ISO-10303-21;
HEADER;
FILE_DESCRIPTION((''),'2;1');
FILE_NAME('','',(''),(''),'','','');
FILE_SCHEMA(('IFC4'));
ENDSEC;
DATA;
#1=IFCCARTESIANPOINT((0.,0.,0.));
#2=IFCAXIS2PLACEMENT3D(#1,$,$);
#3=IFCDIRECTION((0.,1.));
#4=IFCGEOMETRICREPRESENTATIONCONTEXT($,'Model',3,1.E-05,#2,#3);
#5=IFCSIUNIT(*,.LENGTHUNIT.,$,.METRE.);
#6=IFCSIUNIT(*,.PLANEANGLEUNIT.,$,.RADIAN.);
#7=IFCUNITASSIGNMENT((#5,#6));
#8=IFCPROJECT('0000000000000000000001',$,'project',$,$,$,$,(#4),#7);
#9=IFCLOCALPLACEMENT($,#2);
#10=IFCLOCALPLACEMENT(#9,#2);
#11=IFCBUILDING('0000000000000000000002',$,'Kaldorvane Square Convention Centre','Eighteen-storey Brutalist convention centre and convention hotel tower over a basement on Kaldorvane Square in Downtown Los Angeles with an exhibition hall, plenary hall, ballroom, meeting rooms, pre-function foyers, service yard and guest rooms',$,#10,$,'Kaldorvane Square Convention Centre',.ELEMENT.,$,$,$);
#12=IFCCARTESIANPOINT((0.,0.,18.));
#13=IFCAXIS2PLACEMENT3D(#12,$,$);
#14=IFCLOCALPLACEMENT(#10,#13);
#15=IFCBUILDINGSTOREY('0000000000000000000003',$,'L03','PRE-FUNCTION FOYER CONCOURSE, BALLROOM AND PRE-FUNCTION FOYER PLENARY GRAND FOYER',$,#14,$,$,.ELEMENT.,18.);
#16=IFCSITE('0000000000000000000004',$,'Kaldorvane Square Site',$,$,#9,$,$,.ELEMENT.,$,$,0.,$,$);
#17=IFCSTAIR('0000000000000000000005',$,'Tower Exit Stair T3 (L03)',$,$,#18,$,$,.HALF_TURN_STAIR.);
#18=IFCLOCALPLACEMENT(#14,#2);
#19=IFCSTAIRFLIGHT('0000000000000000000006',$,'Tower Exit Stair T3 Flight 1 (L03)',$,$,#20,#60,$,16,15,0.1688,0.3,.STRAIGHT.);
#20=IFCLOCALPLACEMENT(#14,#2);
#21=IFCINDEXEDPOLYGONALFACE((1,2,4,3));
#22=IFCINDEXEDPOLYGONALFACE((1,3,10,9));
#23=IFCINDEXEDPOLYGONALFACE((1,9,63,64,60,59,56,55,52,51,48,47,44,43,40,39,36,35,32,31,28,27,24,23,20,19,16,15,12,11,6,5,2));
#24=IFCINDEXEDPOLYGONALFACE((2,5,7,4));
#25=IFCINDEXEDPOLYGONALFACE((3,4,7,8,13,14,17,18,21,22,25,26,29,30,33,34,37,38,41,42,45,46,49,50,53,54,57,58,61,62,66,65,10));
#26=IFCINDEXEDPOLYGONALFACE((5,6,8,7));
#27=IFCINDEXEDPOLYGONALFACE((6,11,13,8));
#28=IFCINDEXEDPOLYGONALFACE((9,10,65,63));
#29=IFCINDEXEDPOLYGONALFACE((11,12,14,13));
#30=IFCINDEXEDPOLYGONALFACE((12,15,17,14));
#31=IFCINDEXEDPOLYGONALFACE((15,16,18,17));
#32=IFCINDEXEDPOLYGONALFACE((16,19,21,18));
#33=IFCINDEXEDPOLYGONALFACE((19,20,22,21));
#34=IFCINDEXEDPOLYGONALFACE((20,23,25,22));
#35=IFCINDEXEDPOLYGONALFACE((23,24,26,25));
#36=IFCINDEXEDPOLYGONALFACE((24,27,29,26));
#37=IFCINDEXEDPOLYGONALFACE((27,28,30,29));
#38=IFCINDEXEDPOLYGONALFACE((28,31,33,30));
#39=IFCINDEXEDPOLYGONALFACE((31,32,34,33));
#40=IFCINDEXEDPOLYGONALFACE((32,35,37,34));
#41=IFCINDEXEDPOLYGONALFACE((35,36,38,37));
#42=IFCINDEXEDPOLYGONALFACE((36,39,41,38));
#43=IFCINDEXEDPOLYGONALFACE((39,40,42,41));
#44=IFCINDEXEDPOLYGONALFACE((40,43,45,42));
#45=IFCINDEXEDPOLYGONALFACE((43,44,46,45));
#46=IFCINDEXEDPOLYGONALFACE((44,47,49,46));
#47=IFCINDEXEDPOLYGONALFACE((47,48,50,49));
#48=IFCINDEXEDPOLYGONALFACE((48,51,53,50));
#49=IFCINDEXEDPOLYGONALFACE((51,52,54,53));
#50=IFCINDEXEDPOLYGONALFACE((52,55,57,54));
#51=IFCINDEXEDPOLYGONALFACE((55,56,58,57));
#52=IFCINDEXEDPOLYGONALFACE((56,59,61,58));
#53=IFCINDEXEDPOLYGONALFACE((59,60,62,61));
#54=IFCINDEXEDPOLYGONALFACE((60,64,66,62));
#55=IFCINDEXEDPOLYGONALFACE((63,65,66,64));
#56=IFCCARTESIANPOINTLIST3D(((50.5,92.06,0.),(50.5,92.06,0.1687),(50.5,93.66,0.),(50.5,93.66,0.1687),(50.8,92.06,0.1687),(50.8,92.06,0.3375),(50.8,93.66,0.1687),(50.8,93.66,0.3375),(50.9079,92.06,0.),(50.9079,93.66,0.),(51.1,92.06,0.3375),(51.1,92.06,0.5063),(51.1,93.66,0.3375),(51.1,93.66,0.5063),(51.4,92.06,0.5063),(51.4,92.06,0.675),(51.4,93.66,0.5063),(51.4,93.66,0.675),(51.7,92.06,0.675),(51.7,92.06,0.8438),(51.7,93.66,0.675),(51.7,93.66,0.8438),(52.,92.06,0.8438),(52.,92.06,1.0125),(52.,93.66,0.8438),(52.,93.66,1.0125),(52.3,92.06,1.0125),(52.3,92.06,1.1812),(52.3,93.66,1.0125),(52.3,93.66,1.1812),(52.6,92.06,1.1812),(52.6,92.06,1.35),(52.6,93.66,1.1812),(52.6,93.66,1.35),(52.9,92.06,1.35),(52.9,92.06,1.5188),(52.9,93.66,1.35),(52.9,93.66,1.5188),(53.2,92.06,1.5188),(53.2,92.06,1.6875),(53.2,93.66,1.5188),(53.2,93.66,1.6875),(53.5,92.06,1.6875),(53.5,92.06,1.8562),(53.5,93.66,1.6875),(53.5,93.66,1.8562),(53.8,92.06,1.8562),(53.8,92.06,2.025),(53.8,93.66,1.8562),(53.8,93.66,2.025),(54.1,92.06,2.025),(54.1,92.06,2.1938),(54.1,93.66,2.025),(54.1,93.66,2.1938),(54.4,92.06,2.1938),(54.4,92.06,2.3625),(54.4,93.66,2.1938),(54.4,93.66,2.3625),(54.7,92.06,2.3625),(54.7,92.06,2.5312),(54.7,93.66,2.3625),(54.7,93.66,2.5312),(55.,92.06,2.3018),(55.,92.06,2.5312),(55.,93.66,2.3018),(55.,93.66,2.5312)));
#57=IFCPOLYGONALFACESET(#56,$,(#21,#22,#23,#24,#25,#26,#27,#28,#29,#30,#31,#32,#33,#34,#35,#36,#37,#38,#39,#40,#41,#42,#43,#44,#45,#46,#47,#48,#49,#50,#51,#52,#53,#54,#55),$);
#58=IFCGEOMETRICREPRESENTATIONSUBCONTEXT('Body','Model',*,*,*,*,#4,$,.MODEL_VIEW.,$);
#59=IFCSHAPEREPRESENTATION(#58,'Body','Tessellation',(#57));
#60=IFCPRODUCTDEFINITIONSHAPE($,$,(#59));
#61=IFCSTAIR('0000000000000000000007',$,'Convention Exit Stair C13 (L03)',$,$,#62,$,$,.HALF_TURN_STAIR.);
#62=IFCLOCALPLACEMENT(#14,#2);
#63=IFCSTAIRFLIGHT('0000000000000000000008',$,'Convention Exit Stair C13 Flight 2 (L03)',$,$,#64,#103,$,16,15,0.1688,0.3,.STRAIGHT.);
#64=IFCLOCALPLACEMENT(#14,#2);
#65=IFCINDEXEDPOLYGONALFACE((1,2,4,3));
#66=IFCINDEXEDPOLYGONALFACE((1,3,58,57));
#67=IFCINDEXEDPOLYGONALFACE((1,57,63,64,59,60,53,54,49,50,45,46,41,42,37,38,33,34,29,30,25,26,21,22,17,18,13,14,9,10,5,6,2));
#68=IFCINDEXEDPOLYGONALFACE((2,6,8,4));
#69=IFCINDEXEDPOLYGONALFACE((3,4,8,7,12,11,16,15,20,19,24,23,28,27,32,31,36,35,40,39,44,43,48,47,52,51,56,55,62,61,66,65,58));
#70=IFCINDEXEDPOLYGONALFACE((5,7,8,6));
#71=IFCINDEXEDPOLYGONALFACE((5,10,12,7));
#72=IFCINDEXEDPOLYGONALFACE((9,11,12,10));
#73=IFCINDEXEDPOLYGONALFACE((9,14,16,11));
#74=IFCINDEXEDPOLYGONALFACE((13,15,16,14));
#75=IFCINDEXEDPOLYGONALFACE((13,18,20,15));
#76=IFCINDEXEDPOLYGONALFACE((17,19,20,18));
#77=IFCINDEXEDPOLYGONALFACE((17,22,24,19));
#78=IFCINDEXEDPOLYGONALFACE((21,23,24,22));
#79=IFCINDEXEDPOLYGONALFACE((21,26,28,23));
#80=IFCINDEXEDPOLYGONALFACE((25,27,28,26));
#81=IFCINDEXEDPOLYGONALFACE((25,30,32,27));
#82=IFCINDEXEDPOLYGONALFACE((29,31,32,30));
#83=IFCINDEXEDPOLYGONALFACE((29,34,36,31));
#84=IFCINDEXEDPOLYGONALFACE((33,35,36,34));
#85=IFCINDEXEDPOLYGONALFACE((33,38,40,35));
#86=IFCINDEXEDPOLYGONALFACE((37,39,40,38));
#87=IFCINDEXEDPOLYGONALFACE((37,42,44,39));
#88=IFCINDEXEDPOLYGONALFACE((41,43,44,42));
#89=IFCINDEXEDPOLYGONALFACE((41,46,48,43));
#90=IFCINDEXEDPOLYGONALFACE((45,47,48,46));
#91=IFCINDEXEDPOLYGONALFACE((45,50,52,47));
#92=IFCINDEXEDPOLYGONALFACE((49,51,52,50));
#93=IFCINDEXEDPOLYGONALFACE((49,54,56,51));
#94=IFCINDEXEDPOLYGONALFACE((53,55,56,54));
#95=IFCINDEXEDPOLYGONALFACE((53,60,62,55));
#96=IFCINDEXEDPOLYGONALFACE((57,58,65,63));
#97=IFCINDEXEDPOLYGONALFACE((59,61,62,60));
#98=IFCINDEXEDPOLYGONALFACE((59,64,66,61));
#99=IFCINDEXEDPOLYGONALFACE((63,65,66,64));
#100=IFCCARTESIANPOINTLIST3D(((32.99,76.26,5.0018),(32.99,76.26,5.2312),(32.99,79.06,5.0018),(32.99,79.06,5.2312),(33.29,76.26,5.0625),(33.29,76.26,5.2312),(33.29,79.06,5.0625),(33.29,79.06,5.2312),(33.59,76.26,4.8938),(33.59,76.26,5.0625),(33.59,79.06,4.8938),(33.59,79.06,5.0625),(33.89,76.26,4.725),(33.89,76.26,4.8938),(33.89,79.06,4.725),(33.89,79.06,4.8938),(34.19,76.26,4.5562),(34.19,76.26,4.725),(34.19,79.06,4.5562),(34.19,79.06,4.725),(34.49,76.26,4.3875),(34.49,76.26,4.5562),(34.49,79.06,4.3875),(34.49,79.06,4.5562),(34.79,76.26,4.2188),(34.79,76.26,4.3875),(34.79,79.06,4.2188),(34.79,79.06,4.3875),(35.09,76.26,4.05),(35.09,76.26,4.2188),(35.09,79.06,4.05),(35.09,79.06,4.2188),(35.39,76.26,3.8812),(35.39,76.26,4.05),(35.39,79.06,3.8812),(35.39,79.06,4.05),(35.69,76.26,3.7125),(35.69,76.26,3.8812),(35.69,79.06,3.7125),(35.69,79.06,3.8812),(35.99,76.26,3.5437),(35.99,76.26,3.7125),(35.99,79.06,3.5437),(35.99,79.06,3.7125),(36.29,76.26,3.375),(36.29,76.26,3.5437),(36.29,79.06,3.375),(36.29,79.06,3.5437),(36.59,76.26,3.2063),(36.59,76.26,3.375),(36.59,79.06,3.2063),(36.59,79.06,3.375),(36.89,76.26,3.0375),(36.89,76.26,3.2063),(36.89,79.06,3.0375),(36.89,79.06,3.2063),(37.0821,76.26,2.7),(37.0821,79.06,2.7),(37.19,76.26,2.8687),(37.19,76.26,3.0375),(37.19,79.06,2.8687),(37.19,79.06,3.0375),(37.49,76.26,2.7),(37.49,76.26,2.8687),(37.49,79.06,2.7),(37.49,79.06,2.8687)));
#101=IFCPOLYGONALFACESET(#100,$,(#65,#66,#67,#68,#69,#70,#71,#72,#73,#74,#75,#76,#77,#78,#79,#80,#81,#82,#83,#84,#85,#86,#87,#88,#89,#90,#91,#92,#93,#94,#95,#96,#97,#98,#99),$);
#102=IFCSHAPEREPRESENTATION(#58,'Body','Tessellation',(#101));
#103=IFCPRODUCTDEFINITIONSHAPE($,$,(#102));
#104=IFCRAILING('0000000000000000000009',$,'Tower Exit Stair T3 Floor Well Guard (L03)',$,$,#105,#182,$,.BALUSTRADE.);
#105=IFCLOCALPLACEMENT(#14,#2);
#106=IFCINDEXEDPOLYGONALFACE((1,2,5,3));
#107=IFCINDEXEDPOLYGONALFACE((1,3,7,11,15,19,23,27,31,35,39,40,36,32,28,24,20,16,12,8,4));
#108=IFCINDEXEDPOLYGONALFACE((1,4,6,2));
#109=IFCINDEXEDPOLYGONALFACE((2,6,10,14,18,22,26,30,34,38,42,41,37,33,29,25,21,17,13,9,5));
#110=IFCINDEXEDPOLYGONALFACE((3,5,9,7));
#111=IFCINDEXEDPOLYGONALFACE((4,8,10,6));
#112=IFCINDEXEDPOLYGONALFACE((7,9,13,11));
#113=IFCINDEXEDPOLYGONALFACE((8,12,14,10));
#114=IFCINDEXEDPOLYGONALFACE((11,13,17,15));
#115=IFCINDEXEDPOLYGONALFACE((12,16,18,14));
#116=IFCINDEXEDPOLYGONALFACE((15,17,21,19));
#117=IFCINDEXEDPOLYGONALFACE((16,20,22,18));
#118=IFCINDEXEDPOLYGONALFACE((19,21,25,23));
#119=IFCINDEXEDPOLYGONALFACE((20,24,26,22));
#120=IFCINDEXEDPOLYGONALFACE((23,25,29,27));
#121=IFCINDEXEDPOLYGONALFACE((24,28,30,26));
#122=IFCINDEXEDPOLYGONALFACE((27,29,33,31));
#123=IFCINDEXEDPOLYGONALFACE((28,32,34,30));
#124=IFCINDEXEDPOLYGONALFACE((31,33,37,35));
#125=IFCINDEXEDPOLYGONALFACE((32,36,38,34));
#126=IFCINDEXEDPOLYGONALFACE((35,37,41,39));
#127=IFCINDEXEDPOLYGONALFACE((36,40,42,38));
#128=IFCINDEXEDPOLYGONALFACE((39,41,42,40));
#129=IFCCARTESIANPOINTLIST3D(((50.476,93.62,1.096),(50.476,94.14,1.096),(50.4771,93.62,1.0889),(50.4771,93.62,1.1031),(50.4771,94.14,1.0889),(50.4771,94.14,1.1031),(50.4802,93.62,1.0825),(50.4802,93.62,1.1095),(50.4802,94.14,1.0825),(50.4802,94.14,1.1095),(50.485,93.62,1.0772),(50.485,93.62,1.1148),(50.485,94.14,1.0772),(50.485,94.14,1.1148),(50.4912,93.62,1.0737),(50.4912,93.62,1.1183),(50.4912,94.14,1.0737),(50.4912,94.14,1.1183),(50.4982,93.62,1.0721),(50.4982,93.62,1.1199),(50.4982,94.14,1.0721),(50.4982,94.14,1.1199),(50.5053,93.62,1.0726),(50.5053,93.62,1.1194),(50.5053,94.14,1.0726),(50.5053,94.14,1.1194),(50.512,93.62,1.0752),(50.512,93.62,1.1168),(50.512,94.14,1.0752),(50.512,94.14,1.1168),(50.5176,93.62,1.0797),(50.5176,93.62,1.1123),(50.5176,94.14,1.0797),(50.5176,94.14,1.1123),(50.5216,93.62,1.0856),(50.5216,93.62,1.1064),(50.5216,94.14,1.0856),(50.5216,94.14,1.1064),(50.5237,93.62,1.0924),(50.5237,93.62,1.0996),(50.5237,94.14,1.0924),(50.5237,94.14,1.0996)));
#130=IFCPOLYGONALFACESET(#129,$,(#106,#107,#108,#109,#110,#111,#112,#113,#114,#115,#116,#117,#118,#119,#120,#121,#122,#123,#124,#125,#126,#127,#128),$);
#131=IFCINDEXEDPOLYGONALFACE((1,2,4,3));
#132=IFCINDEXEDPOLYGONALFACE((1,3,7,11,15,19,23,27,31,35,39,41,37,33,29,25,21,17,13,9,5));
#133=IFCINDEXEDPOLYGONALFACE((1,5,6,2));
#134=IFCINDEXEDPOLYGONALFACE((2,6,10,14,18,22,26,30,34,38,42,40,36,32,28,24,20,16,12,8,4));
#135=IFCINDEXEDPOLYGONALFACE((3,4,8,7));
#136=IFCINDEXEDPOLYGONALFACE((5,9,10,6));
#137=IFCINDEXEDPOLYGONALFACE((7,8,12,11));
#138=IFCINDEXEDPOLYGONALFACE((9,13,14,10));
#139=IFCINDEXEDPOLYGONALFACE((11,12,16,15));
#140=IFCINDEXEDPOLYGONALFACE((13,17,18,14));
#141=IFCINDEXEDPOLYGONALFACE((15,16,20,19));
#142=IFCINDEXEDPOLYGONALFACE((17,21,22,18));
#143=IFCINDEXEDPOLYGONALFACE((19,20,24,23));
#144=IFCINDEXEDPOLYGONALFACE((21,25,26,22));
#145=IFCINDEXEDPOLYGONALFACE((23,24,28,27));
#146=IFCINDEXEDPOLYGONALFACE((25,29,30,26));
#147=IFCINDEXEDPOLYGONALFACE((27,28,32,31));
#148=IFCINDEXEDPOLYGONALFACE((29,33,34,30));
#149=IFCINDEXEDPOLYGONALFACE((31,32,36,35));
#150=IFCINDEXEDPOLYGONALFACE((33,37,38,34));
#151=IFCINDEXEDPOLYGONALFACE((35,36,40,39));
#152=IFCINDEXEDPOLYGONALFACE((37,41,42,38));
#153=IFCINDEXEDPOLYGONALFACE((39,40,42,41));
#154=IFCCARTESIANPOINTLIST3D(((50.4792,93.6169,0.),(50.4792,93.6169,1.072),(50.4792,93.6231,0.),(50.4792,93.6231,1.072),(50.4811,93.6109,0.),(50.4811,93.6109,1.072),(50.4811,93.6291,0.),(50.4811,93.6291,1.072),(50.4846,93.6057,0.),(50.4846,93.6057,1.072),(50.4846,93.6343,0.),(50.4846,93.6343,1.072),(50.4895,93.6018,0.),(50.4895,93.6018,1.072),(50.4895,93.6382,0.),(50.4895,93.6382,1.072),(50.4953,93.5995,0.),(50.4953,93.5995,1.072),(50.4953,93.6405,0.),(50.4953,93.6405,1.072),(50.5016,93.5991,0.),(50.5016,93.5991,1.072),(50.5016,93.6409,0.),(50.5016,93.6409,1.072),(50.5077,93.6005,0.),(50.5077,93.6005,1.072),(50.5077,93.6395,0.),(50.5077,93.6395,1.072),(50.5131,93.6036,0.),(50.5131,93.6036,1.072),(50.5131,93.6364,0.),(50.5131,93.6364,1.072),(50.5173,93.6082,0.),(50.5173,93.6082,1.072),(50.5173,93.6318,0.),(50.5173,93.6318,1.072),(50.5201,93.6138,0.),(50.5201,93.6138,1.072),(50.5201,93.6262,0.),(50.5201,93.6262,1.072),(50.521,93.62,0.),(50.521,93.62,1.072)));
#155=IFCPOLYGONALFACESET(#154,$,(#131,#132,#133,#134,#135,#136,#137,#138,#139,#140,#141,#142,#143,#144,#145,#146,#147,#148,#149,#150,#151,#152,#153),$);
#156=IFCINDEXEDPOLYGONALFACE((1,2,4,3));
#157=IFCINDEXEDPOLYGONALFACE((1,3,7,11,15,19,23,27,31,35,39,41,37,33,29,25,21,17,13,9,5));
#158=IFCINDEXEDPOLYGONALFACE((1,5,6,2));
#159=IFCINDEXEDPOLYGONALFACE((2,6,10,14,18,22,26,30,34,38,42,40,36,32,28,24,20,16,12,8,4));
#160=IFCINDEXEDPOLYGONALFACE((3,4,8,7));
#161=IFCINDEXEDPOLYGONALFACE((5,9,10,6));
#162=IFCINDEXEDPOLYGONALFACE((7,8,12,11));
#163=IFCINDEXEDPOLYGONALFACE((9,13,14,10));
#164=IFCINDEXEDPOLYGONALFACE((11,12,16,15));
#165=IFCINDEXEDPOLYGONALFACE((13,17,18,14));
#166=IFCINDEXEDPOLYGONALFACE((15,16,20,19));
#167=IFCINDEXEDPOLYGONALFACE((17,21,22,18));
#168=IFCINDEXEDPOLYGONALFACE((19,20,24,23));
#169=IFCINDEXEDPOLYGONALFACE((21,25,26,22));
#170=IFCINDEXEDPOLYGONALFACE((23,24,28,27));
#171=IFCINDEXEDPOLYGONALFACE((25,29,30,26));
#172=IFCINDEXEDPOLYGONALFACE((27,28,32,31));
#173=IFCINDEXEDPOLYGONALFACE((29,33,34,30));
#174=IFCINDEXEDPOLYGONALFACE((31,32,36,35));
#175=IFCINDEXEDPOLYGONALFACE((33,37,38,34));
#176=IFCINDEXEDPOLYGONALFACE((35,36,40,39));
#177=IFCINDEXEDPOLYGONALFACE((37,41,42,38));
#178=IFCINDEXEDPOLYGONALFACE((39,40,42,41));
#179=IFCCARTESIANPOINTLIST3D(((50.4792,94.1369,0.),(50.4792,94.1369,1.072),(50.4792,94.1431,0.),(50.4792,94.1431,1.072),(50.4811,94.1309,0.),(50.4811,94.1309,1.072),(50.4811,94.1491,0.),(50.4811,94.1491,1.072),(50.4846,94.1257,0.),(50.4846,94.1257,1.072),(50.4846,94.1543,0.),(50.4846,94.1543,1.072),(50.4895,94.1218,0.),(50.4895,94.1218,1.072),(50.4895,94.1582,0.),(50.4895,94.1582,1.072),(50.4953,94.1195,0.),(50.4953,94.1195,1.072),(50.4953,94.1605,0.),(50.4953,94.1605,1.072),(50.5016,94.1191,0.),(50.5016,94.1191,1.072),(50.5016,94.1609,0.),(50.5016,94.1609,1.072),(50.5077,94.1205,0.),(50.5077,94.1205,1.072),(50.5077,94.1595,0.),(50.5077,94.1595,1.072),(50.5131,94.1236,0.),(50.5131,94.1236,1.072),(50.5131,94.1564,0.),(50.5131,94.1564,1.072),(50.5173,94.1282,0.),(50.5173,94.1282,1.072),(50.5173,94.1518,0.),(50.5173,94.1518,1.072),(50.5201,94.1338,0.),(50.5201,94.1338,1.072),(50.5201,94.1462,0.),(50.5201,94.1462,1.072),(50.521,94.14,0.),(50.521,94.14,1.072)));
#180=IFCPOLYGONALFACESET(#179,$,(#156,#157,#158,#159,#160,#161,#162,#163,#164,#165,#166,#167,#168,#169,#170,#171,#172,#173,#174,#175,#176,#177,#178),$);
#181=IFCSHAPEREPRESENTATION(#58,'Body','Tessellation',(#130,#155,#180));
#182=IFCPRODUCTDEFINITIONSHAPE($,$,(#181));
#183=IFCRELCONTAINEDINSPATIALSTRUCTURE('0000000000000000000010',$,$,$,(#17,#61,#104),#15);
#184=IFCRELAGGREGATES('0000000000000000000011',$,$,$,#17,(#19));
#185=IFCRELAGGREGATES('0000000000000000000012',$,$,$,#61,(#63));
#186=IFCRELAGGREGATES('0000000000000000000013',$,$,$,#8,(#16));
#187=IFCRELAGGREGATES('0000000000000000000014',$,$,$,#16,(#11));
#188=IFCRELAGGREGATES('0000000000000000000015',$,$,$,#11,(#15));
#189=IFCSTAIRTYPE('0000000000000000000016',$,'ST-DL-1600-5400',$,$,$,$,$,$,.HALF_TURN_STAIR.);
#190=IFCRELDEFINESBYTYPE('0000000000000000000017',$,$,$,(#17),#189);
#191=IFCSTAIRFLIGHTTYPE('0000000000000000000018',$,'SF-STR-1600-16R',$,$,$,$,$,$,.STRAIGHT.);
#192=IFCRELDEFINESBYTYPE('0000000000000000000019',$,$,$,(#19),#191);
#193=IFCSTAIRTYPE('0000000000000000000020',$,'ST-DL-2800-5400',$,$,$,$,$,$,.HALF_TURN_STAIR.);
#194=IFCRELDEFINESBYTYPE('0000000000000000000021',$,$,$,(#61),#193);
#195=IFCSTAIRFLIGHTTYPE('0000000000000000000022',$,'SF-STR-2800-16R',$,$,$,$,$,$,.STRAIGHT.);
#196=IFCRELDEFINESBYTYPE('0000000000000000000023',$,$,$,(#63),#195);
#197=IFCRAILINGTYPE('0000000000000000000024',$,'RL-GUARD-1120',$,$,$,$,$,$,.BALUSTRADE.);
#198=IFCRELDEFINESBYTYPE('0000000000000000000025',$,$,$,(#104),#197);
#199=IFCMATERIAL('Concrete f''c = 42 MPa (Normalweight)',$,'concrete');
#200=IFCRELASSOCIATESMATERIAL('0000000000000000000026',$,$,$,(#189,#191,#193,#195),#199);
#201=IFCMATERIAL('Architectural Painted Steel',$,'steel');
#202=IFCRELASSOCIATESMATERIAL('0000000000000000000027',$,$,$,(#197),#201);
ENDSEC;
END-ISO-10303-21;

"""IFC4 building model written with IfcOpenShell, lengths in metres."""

from ifc_helpers import new_model, si_unit, direction, frame, origin, origin_2d, place, context, subcontext, project, spatial, polyline, circle, outline, extrude, material, type_object, element, aggregate, save


model = new_model("IFC4")

# Units and contexts
model_context = context("Model", 3, precision=1e-05, world=origin(), true_north=direction((0.0, 1.0)))
body_context = subcontext(model_context, "Body", "Model", "MODEL_VIEW")
ifc_project = project(units=[si_unit("LENGTHUNIT", "METRE"), si_unit("PLANEANGLEUNIT", "RADIAN")], contexts=[model_context])

# Site, building, storey
site_placement = place(None, origin())
site = spatial("IfcSite", under=ifc_project, at=site_placement, Name="Kaldorvane Square Site", CompositionType="ELEMENT", RefElevation=0.0)
building_placement = place(site_placement, origin())
building = spatial("IfcBuilding", under=site, at=building_placement, Name="Kaldorvane Square Convention Centre", Description="Eighteen-storey Brutalist convention centre and convention hotel tower over a basement on Kaldorvane Square in Downtown Los Angeles with an exhibition hall, plenary hall, ballroom, meeting rooms, pre-function foyers, service yard and guest rooms", LongName="Kaldorvane Square Convention Centre", CompositionType="ELEMENT")
storey_placement = place(building_placement, frame((0.0, 0.0, 18.0)))
storey = spatial("IfcBuildingStorey", under=building, at=storey_placement, Name="L03", Description="PRE-FUNCTION FOYER CONCOURSE, BALLROOM AND PRE-FUNCTION FOYER PLENARY GRAND FOYER", CompositionType="ELEMENT", Elevation=18.0)

# Stairs, stair flights
ifc_material_1 = material(Name="Concrete f'c = 42 MPa (Normalweight)", Category="concrete")
stair_type_1 = type_object("IfcStairType", Name="ST-DL-1600-5400", PredefinedType="HALF_TURN_STAIR", material=ifc_material_1)
stair_1_placement = place(storey_placement, origin())
stair_1 = element("IfcStair", 1, at=stair_1_placement, inside=storey, type_object=stair_type_1, Name="Tower Exit Stair T3 (L03)", PredefinedType="HALF_TURN_STAIR")
stair_flight_type_1 = type_object("IfcStairFlightType", Name="SF-STR-1600-16R", PredefinedType="STRAIGHT", material=ifc_material_1)
stair_flight_1_placement = place(storey_placement, frame((50.5, 92.86, 0.0), z_axis=(0.0, 0.0, 1.0), x_axis=(1.0, 0.0, 0.0)))
stair_flight_1 = element("IfcStairFlight", 2, at=stair_flight_1_placement, type_object=stair_flight_type_1, Name="Tower Exit Stair T3 Flight 1 (L03)", NumberOfRisers=16, NumberOfTreads=15, PredefinedType="STRAIGHT", RiserHeight=0.1688, TreadLength=0.3, context=body_context, shape_type="SweptSolid", body=[
    extrude(outline(polyline([(0.0, 0.0), (0.0, 0.1687), (0.3, 0.1687), (0.3, 0.3375), (0.6, 0.3375), (0.6, 0.5063), (0.9, 0.5063), (0.9, 0.675), (1.2, 0.675), (1.2, 0.8438), (1.5, 0.8438), (1.5, 1.0125), (1.8, 1.0125), (1.8, 1.1812), (2.1, 1.1812), (2.1, 1.35), (2.4, 1.35), (2.4, 1.5188), (2.7, 1.5188), (2.7, 1.6875), (3.0, 1.6875), (3.0, 1.8562), (3.3, 1.8562), (3.3, 2.025), (3.6, 2.025), (3.6, 2.1938), (3.9, 2.1938), (3.9, 2.3625), (4.2, 2.3625), (4.2, 2.5312), (4.5, 2.5312), (4.5, 2.7), (4.5, 2.3018), (0.4079, 0.0), (0.0, 0.0)])), frame((0.0, 0.8, 0.0), z_axis=(0.0, -1.0, 0.0), x_axis=(1.0, 0.0, 0.0)), (0.0, 0.0, 1.0), 1.6),
])
aggregate(stair_1, [stair_flight_1])
stair_type_2 = type_object("IfcStairType", Name="ST-DL-2800-5400", PredefinedType="HALF_TURN_STAIR", material=ifc_material_1)
stair_2_placement = place(storey_placement, origin())
stair_2 = element("IfcStair", 3, at=stair_2_placement, inside=storey, type_object=stair_type_2, Name="Convention Exit Stair C13 (L03)", PredefinedType="HALF_TURN_STAIR")
stair_flight_type_2 = type_object("IfcStairFlightType", Name="SF-STR-2800-16R", PredefinedType="STRAIGHT", material=ifc_material_1)
stair_flight_2_placement = place(storey_placement, frame((37.49, 77.66, 2.7), z_axis=(0.0, 0.0, 1.0), x_axis=(-1.0, 0.0, 0.0)))
stair_flight_2 = element("IfcStairFlight", 4, at=stair_flight_2_placement, type_object=stair_flight_type_2, Name="Convention Exit Stair C13 Flight 2 (L03)", NumberOfRisers=16, NumberOfTreads=15, PredefinedType="STRAIGHT", RiserHeight=0.1688, TreadLength=0.3, context=body_context, shape_type="SweptSolid", body=[
    extrude(outline(polyline([(0.0, 0.0), (0.0, 0.1687), (0.3, 0.1687), (0.3, 0.3375), (0.6, 0.3375), (0.6, 0.5063), (0.9, 0.5063), (0.9, 0.675), (1.2, 0.675), (1.2, 0.8438), (1.5, 0.8438), (1.5, 1.0125), (1.8, 1.0125), (1.8, 1.1812), (2.1, 1.1812), (2.1, 1.35), (2.4, 1.35), (2.4, 1.5188), (2.7, 1.5188), (2.7, 1.6875), (3.0, 1.6875), (3.0, 1.8562), (3.3, 1.8562), (3.3, 2.025), (3.6, 2.025), (3.6, 2.1938), (3.9, 2.1938), (3.9, 2.3625), (4.2, 2.3625), (4.2, 2.5312), (4.5, 2.5312), (4.5, 2.7), (4.5, 2.3018), (0.4079, 0.0), (0.0, 0.0)])), frame((0.0, 1.4, 0.0), z_axis=(0.0, -1.0, 0.0), x_axis=(1.0, 0.0, 0.0)), (0.0, 0.0, 1.0), 2.8),
])
aggregate(stair_2, [stair_flight_2])

# Railing
ifc_material_2 = material(Name="Architectural Painted Steel", Category="steel")
railing_type_1 = type_object("IfcRailingType", Name="RL-GUARD-1120", PredefinedType="BALUSTRADE", material=ifc_material_2)
railing_1_placement = place(storey_placement, frame((50.5, 93.62, 0.0)))
element("IfcRailing", 5, at=railing_1_placement, inside=storey, type_object=railing_type_1, Name="Tower Exit Stair T3 Floor Well Guard (L03)", PredefinedType="BALUSTRADE", context=body_context, shape_type="SweptSolid", body=[
    extrude(circle(Radius=0.024, at=origin_2d()), frame((0.0, 0.0, 1.096), z_axis=(0.0, 1.0, 0.0), x_axis=(-1.0, 0.0, 0.0)), (0.0, 0.0, 1.0), 0.52),
    extrude(circle(Radius=0.021, at=origin_2d()), origin(), (0.0, 0.0, 1.0), 1.072),
    extrude(circle(Radius=0.021, at=origin_2d()), frame((0.0, 0.52, 0.0)), (0.0, 0.0, 1.0), 1.072),
])

save(model, "model.ifc")
